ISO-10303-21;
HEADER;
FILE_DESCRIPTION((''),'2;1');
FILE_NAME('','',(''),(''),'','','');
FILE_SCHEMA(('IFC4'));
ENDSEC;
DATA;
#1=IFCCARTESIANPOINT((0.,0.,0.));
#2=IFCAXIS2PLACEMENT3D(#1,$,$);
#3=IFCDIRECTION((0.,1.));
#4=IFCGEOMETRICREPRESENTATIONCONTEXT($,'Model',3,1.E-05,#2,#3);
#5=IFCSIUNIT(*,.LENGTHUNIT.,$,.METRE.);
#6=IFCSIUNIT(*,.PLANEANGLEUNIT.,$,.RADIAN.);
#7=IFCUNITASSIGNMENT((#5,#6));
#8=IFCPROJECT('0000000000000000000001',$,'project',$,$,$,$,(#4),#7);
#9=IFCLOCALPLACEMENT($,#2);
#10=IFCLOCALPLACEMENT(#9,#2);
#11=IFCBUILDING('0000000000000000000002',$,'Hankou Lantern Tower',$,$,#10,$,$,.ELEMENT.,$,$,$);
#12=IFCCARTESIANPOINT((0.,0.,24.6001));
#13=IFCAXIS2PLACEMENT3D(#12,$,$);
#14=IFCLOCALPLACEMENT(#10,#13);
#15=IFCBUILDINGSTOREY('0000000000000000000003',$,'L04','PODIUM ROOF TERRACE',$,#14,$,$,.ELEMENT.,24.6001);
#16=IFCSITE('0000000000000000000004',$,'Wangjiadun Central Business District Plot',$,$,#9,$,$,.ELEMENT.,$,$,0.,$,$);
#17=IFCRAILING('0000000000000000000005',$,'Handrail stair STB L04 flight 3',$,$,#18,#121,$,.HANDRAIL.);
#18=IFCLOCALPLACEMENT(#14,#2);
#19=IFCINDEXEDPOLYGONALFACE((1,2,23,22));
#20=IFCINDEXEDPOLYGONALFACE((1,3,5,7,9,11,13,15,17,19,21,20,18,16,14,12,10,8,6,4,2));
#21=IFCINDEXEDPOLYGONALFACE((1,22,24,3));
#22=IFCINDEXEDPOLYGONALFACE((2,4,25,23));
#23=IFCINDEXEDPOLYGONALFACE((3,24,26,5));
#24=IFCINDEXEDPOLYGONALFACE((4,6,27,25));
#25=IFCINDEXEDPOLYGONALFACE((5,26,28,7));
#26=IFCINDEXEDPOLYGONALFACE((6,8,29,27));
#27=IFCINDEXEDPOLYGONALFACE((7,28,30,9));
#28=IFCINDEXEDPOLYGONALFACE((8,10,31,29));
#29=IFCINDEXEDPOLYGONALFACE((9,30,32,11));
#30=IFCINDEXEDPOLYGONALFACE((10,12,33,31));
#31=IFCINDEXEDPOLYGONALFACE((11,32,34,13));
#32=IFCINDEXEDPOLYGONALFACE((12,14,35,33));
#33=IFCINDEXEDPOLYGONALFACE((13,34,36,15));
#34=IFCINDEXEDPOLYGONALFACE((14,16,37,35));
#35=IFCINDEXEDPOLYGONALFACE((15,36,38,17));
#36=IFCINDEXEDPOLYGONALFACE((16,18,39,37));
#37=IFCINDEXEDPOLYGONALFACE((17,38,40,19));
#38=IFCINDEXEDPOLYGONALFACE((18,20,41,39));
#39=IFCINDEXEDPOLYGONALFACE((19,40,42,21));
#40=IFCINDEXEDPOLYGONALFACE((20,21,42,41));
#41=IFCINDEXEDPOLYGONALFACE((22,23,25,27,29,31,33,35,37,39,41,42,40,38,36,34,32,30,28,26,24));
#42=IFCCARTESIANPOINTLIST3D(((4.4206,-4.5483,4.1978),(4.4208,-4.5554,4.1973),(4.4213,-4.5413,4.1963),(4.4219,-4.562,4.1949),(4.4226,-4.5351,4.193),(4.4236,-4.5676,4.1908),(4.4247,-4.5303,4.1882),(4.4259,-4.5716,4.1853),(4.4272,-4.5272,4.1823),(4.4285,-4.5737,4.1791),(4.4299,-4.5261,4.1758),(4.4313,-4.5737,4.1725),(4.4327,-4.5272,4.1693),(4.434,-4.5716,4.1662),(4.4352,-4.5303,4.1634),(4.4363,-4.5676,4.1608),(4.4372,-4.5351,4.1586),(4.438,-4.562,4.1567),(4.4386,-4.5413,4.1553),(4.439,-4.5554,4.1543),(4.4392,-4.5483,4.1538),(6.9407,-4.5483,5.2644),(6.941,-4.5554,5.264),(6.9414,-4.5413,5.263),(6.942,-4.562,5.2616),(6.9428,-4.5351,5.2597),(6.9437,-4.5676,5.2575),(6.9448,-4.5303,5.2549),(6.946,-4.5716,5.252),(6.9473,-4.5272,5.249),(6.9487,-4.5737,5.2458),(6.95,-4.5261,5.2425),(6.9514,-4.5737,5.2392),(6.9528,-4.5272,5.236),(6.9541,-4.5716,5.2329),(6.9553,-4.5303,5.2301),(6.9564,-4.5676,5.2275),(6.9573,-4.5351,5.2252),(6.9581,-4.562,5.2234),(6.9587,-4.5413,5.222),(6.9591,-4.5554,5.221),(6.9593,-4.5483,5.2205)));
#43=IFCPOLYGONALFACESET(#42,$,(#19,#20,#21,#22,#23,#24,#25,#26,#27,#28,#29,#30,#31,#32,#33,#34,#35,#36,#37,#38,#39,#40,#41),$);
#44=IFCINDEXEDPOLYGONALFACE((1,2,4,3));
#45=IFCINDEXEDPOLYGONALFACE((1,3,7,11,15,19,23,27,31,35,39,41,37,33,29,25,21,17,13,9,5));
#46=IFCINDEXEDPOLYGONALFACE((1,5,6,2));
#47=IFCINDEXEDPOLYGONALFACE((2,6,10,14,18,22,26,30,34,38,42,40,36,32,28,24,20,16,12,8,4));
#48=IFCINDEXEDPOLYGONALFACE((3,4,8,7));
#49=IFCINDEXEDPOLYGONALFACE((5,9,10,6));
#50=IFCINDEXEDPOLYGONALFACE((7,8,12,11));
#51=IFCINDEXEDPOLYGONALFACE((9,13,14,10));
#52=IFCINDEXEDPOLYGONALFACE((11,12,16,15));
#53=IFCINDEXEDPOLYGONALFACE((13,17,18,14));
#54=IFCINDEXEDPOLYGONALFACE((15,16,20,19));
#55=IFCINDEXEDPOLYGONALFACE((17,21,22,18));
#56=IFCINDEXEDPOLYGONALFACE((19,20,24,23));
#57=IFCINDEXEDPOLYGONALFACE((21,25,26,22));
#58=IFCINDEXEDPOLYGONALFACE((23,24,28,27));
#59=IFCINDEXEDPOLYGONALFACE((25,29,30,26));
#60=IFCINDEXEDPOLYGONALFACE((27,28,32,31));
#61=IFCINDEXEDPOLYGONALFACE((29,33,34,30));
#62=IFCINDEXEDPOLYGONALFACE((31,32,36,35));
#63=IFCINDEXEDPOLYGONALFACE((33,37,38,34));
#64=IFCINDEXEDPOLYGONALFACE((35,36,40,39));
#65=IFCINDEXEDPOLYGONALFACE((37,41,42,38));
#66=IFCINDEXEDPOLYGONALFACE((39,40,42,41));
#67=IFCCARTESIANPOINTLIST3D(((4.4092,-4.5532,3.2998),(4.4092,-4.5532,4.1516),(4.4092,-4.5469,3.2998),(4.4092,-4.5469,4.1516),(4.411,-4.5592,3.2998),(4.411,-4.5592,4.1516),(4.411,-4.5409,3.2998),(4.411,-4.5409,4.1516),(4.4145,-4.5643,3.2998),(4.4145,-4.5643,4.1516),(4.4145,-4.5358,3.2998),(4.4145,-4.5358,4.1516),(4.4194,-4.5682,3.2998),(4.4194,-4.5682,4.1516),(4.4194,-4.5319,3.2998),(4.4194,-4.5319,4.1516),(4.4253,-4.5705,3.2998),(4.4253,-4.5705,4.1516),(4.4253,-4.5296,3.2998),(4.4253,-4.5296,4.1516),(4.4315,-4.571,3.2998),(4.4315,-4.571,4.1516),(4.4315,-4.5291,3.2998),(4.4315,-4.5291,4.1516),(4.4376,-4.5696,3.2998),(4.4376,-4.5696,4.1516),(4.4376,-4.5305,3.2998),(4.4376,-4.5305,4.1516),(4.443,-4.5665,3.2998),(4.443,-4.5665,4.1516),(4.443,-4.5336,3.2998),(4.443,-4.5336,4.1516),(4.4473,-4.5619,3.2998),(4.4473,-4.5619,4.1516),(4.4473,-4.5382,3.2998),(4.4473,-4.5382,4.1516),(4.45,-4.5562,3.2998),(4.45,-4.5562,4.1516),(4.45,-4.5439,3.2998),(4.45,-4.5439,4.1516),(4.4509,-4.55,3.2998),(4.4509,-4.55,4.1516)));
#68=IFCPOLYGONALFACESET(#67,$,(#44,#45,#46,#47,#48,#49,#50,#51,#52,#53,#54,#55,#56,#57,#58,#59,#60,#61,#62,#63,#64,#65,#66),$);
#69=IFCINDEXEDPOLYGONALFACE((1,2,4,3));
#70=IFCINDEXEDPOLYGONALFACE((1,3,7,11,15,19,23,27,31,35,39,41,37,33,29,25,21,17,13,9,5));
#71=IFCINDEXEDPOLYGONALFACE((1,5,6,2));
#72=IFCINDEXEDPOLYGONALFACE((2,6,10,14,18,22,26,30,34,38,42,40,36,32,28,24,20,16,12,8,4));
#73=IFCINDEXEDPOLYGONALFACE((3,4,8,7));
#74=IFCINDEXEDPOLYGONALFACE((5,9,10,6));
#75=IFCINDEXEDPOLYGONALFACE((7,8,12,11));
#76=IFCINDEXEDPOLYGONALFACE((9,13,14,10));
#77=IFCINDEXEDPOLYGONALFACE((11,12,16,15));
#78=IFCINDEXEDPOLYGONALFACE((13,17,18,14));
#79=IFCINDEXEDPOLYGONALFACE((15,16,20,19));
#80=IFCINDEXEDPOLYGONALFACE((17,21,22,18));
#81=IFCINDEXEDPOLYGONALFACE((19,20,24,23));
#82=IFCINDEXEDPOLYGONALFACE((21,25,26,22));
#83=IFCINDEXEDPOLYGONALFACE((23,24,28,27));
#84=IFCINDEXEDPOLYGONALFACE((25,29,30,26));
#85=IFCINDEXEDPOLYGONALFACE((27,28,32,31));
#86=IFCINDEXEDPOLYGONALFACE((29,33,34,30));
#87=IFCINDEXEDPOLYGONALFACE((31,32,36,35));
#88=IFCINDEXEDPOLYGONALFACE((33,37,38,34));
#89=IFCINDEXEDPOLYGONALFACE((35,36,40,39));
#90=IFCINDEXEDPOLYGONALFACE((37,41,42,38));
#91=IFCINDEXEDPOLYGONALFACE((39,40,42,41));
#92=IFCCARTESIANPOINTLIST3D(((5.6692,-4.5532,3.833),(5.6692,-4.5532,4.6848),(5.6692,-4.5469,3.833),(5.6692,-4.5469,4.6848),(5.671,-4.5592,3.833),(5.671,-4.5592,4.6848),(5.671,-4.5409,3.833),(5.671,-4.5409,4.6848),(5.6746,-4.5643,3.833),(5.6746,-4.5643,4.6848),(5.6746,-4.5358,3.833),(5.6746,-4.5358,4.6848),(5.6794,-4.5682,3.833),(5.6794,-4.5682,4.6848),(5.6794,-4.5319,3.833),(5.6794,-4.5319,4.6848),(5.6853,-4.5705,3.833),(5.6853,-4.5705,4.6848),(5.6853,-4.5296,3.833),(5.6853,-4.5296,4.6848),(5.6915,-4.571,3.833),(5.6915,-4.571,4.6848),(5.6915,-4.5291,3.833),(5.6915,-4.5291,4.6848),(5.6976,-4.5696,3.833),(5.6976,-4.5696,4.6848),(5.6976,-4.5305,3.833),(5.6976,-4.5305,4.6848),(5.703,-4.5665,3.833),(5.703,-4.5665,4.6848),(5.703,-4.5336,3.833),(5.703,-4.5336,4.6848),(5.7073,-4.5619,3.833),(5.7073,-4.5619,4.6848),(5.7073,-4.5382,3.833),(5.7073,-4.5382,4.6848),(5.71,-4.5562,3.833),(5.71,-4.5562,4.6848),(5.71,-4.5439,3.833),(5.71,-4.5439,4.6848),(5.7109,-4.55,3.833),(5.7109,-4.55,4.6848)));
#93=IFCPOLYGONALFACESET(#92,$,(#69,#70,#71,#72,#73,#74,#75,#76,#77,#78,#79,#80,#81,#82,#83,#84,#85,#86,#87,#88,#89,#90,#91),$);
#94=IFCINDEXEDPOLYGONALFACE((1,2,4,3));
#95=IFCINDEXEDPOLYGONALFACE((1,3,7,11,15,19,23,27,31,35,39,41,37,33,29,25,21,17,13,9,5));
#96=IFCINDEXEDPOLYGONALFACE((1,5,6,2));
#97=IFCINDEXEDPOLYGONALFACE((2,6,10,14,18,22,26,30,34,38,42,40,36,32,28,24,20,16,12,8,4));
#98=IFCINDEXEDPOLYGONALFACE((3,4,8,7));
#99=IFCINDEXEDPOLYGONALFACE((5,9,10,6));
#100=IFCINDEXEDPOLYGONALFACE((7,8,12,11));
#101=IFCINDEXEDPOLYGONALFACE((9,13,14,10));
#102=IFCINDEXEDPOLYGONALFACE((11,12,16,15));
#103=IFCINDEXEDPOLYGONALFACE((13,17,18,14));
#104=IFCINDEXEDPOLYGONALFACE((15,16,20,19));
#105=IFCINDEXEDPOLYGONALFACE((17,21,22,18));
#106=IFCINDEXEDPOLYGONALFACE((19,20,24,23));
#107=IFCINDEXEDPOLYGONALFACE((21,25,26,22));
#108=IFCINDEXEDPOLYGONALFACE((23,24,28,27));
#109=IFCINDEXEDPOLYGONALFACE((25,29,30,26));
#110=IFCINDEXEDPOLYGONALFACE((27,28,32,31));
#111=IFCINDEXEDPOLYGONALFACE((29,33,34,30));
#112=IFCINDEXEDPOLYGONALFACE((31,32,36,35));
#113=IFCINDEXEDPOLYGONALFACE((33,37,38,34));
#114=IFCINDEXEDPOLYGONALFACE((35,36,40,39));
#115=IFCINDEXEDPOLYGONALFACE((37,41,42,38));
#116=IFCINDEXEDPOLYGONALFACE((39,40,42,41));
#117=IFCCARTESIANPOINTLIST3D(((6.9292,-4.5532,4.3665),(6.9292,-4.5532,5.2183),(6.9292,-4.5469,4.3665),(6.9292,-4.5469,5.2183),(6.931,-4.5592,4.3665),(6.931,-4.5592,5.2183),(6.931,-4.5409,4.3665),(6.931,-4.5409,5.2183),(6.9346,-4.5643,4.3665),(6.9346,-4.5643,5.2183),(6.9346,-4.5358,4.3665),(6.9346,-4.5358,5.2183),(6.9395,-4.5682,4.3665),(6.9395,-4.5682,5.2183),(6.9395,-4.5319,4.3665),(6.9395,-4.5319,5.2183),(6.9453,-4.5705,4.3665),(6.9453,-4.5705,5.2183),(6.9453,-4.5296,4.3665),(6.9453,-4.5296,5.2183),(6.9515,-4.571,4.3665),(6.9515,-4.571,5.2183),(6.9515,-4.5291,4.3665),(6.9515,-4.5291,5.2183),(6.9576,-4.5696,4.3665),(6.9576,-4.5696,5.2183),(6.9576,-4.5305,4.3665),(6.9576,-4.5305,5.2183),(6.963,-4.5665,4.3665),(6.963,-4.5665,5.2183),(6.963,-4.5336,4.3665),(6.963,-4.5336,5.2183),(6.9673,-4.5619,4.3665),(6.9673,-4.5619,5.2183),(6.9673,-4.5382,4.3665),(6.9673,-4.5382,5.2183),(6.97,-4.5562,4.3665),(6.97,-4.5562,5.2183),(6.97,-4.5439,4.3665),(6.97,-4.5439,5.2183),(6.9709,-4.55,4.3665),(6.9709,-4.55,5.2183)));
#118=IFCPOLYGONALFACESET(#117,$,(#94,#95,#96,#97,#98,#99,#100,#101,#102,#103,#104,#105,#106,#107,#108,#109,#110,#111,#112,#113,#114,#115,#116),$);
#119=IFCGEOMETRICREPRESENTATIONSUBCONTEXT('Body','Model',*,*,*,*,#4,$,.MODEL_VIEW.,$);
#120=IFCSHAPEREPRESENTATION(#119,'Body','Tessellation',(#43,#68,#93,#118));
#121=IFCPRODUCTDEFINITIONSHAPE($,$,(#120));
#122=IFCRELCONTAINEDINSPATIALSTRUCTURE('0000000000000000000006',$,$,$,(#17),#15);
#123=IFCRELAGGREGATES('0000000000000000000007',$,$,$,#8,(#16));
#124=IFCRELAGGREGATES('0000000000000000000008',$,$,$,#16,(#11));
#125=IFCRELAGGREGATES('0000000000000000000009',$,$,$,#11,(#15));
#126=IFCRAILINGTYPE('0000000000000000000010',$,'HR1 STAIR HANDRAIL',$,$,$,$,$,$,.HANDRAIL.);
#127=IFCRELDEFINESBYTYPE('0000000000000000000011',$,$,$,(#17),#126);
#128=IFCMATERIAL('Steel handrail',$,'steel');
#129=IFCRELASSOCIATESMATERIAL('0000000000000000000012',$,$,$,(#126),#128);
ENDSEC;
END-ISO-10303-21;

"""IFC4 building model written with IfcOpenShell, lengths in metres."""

from ifc_helpers import new_model, si_unit, direction, frame, origin, origin_2d, place, context, subcontext, project, spatial, circle, extrude, material, type_object, element, save


model = new_model("IFC4")

# Units and contexts
model_context = context("Model", 3, precision=1e-05, world=origin(), true_north=direction((0.0, 1.0)))
body_context = subcontext(model_context, "Body", "Model", "MODEL_VIEW")
ifc_project = project(units=[si_unit("LENGTHUNIT", "METRE"), si_unit("PLANEANGLEUNIT", "RADIAN")], contexts=[model_context])

# Site, building, storey
site_placement = place(None, origin())
site = spatial("IfcSite", under=ifc_project, at=site_placement, Name="Wangjiadun Central Business District Plot", CompositionType="ELEMENT", RefElevation=0.0)
building_placement = place(site_placement, origin())
building = spatial("IfcBuilding", under=site, at=building_placement, Name="Hankou Lantern Tower", CompositionType="ELEMENT")
storey_placement = place(building_placement, frame((0.0, 0.0, 24.6001)))
storey = spatial("IfcBuildingStorey", under=building, at=storey_placement, Name="L04", Description="PODIUM ROOF TERRACE", CompositionType="ELEMENT", Elevation=24.6001)

# Railing
ifc_material_1 = material(Name="Steel handrail", Category="steel")
railing_type = type_object("IfcRailingType", Name="HR1 STAIR HANDRAIL", PredefinedType="HANDRAIL", material=ifc_material_1)
railing_1_placement = place(storey_placement, frame((4.4299, -4.55, 3.2998)))
element("IfcRailing", 1, at=railing_1_placement, inside=storey, type_object=railing_type, Name="Handrail stair STB L04 flight 3", PredefinedType="HANDRAIL", context=body_context, shape_type="SweptSolid", body=[
    extrude(circle(Radius=0.0239, at=origin_2d()), frame((0.0, 0.0, 0.876), z_axis=(0.920903, 0.0, 0.389791), x_axis=(0.0, 1.0, 0.0)), (0.0, 0.0, 1.0), 2.7366),
    extrude(circle(Radius=0.021, at=origin_2d()), origin(), (0.0, 0.0, 1.0), 0.8518),
    extrude(circle(Radius=0.021, at=origin_2d()), frame((1.26, 0.0, 0.5332)), (0.0, 0.0, 1.0), 0.8518),
    extrude(circle(Radius=0.021, at=origin_2d()), frame((2.52, 0.0, 1.0667)), (0.0, 0.0, 1.0), 0.8518),
])

save(model, "model.ifc")
